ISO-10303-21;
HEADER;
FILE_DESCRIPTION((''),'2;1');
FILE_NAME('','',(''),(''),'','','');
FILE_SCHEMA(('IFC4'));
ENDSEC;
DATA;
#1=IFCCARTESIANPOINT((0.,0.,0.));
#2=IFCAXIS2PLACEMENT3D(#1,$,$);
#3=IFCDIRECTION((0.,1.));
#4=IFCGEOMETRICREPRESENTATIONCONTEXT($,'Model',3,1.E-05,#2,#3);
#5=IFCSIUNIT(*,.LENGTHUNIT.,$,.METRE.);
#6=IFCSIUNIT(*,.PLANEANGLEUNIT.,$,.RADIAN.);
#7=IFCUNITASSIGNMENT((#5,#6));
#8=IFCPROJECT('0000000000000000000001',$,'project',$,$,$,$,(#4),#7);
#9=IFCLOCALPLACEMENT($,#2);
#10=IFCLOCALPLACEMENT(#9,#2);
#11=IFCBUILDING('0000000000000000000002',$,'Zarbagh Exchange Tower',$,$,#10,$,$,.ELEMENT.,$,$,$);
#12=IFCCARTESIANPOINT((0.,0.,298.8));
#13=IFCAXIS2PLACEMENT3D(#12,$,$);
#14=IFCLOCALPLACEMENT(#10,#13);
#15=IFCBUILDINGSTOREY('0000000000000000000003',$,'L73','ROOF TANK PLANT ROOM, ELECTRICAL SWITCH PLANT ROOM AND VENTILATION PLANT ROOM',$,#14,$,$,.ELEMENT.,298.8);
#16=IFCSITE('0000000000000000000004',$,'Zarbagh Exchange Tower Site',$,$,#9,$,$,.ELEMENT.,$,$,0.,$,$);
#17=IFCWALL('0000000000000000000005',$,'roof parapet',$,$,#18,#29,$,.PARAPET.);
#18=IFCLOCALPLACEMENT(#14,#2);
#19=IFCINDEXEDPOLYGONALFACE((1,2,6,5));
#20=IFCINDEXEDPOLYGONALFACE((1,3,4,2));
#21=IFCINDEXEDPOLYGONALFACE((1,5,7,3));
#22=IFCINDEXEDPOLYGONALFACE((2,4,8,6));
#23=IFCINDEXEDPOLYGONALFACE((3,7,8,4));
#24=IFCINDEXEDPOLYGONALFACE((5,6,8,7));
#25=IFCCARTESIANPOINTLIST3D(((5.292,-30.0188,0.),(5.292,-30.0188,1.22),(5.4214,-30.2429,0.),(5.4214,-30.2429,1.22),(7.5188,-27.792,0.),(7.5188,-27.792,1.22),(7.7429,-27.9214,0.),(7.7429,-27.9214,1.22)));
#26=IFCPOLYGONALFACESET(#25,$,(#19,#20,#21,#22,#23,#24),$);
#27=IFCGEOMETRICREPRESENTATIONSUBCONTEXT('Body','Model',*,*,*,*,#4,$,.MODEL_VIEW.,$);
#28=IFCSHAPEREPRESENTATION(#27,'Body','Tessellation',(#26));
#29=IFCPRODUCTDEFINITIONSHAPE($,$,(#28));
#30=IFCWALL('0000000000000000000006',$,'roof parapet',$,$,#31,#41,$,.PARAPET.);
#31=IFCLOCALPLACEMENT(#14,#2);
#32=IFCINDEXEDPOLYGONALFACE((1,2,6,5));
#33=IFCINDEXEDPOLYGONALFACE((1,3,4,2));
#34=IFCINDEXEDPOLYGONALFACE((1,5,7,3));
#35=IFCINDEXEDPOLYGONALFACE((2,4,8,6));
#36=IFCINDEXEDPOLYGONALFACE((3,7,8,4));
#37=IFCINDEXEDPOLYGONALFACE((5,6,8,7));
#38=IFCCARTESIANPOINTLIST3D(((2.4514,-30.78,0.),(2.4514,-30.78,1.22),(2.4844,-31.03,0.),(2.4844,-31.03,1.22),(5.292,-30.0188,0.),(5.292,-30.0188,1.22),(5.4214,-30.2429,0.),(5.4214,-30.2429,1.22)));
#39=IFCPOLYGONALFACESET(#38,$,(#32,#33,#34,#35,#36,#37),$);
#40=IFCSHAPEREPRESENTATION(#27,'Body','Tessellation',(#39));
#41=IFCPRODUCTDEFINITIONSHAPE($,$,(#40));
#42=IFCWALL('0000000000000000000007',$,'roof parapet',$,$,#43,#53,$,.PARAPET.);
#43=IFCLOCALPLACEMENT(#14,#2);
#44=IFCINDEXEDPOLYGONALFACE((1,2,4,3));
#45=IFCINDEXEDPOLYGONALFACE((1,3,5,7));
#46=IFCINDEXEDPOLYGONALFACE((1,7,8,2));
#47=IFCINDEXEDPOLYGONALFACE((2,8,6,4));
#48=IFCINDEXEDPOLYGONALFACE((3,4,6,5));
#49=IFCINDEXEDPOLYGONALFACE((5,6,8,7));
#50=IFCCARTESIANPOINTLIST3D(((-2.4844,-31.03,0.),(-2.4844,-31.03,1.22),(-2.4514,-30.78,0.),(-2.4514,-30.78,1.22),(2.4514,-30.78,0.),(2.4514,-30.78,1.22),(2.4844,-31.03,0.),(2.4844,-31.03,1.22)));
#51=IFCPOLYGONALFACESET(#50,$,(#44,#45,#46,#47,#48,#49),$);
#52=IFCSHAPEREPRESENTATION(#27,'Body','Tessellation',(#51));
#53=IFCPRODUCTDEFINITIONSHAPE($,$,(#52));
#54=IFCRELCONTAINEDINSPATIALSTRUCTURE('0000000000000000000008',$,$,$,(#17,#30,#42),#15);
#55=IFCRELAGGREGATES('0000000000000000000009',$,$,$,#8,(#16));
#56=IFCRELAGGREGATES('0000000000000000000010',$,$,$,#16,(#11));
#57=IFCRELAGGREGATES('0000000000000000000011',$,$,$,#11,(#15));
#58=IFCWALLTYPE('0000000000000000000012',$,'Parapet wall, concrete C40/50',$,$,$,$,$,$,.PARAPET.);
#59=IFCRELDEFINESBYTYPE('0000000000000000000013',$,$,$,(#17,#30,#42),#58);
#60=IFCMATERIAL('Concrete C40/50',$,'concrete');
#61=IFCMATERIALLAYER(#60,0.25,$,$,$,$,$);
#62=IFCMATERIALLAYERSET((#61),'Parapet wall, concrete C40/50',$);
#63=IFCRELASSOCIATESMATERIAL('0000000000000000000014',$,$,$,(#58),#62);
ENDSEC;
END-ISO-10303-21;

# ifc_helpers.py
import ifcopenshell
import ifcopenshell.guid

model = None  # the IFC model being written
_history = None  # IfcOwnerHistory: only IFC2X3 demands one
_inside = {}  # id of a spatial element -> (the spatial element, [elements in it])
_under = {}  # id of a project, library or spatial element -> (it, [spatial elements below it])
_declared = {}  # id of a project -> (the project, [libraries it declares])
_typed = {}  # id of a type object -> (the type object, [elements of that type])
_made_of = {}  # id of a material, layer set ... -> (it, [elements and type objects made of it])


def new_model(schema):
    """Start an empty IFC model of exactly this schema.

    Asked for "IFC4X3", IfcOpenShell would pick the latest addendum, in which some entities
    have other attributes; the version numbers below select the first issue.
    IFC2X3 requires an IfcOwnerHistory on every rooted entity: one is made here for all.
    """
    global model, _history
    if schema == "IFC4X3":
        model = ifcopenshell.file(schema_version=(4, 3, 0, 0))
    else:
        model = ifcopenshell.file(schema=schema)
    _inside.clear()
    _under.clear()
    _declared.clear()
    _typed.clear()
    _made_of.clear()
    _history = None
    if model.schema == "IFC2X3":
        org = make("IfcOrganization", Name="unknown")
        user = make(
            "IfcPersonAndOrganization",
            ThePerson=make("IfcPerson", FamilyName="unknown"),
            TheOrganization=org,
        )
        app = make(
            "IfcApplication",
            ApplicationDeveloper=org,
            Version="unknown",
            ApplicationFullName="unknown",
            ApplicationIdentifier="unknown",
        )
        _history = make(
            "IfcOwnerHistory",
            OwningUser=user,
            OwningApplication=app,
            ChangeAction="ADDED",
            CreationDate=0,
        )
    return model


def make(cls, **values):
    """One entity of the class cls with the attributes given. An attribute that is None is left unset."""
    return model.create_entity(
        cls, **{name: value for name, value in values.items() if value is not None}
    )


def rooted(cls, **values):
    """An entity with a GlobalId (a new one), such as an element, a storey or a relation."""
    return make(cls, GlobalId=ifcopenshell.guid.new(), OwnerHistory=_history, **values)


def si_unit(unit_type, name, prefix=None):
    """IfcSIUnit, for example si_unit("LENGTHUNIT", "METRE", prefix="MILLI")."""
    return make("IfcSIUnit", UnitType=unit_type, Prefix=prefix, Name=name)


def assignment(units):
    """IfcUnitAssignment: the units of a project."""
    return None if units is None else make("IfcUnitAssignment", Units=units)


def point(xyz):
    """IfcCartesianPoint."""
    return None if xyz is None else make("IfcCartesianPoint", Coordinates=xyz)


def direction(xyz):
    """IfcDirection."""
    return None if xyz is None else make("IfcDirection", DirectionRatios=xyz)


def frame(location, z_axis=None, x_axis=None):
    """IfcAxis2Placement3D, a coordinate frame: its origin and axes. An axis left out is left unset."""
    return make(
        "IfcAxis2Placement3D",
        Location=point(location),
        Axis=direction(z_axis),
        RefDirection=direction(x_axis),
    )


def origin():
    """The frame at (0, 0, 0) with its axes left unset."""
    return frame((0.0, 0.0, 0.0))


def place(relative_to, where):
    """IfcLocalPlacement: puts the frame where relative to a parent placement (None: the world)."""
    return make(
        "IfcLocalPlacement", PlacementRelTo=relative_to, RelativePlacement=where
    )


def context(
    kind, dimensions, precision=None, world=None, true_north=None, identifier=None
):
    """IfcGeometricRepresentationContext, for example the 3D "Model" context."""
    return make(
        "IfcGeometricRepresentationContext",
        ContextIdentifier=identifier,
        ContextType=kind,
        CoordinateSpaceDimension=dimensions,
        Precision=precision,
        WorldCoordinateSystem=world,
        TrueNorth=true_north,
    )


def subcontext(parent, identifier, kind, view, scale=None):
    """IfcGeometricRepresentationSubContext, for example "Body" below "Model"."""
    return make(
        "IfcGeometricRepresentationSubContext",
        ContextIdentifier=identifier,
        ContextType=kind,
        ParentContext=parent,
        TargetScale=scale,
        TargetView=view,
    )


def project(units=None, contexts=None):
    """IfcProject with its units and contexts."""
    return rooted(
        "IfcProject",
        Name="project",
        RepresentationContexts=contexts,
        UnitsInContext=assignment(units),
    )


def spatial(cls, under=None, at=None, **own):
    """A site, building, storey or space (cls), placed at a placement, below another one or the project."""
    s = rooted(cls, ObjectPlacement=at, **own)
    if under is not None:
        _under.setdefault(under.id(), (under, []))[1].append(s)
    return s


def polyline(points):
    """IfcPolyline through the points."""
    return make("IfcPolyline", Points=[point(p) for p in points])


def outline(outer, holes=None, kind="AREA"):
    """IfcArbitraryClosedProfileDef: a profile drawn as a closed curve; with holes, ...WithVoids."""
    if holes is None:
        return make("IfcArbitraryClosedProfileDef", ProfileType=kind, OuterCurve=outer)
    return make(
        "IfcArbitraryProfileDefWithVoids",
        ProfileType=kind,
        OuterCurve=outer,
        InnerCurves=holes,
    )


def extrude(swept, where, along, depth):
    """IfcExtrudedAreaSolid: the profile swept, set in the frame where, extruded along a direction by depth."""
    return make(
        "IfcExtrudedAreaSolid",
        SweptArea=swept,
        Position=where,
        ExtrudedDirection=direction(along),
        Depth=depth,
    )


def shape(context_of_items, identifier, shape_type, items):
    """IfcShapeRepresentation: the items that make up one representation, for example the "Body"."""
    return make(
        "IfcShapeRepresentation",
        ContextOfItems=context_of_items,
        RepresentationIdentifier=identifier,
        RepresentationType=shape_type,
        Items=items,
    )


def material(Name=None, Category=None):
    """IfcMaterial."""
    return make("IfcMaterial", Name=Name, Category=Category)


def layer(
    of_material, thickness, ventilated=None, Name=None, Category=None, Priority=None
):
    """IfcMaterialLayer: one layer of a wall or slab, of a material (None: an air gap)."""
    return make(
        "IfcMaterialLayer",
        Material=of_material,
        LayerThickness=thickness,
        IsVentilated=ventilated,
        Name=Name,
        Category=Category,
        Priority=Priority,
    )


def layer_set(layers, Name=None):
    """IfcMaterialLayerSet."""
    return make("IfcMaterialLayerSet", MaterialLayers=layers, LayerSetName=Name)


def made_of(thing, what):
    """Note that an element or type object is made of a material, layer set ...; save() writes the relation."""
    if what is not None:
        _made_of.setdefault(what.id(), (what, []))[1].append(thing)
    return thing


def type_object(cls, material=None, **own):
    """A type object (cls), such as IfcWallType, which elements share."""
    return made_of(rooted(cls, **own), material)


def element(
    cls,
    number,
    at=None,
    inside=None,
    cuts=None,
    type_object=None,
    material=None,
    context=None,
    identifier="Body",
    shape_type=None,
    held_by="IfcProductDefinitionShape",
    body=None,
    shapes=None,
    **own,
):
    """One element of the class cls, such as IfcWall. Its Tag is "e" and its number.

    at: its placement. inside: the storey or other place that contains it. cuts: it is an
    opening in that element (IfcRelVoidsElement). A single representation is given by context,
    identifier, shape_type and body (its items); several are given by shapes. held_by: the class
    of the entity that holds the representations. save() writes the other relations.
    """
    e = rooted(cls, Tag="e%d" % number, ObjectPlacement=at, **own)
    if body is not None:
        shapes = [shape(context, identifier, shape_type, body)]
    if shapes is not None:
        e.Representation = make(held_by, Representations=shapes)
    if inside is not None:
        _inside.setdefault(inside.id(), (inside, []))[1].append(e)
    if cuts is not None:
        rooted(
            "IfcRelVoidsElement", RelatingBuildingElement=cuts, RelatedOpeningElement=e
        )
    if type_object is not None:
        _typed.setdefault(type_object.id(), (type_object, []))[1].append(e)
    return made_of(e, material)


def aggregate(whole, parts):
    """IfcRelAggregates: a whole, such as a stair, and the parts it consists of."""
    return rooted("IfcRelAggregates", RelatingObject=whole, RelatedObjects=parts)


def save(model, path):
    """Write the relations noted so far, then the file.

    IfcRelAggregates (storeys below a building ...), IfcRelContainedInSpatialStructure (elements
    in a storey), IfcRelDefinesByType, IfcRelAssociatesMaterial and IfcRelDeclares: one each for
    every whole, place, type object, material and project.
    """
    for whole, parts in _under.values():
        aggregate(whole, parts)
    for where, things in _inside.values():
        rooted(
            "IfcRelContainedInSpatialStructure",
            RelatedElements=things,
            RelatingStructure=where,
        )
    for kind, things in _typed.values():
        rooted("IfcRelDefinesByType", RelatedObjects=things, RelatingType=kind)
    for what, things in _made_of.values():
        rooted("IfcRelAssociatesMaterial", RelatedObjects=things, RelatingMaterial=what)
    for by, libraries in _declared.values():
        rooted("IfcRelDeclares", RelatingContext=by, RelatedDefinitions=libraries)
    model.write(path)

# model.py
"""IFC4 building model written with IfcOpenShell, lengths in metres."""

from ifc_helpers import new_model, si_unit, direction, frame, origin, place, context, subcontext, project, spatial, polyline, outline, extrude, material, layer, layer_set, type_object, element, save


model = new_model("IFC4")

# Units and contexts
model_context = context("Model", 3, precision=1e-05, world=origin(), true_north=direction((0.0, 1.0)))
body_context = subcontext(model_context, "Body", "Model", "MODEL_VIEW")
ifc_project = project(units=[si_unit("LENGTHUNIT", "METRE"), si_unit("PLANEANGLEUNIT", "RADIAN")], contexts=[model_context])

# Site, building, storey
site_placement = place(None, origin())
site = spatial("IfcSite", under=ifc_project, at=site_placement, Name="Zarbagh Exchange Tower Site", CompositionType="ELEMENT", RefElevation=0.0)
building_placement = place(site_placement, origin())
building = spatial("IfcBuilding", under=site, at=building_placement, Name="Zarbagh Exchange Tower", CompositionType="ELEMENT")
storey_placement = place(building_placement, frame((0.0, 0.0, 298.8)))
storey = spatial("IfcBuildingStorey", under=building, at=storey_placement, Name="L73", Description="ROOF TANK PLANT ROOM, ELECTRICAL SWITCH PLANT ROOM AND VENTILATION PLANT ROOM", CompositionType="ELEMENT", Elevation=298.8)

# Walls
ifc_material = material(Name="Concrete C40/50", Category="concrete")
ifc_layer = layer(ifc_material, 0.25)
ifc_layer_set = layer_set([ifc_layer], Name="Parapet wall, concrete C40/50")
wall_type = type_object("IfcWallType", Name="Parapet wall, concrete C40/50", PredefinedType="PARAPET", material=ifc_layer_set)
wall_1_placement = place(storey_placement, origin())
element("IfcWall", 1, at=wall_1_placement, inside=storey, type_object=wall_type, Name="roof parapet", PredefinedType="PARAPET", context=body_context, shape_type="SweptSolid", body=[
    extrude(outline(polyline([(7.7429, -27.9214), (5.4214, -30.2429), (5.292, -30.0188), (7.5188, -27.792), (7.7429, -27.9214)])), origin(), (0.0, 0.0, 1.0), 1.22),
])
wall_2_placement = place(storey_placement, origin())
element("IfcWall", 2, at=wall_2_placement, inside=storey, type_object=wall_type, Name="roof parapet", PredefinedType="PARAPET", context=body_context, shape_type="SweptSolid", body=[
    extrude(outline(polyline([(5.4214, -30.2429), (2.4844, -31.03), (2.4514, -30.78), (5.292, -30.0188), (5.4214, -30.2429)])), origin(), (0.0, 0.0, 1.0), 1.22),
])
wall_3_placement = place(storey_placement, origin())
element("IfcWall", 3, at=wall_3_placement, inside=storey, type_object=wall_type, Name="roof parapet", PredefinedType="PARAPET", context=body_context, shape_type="SweptSolid", body=[
    extrude(outline(polyline([(2.4844, -31.03), (-2.4844, -31.03), (-2.4514, -30.78), (2.4514, -30.78), (2.4844, -31.03)])), origin(), (0.0, 0.0, 1.0), 1.22),
])

save(model, "model.ifc")
